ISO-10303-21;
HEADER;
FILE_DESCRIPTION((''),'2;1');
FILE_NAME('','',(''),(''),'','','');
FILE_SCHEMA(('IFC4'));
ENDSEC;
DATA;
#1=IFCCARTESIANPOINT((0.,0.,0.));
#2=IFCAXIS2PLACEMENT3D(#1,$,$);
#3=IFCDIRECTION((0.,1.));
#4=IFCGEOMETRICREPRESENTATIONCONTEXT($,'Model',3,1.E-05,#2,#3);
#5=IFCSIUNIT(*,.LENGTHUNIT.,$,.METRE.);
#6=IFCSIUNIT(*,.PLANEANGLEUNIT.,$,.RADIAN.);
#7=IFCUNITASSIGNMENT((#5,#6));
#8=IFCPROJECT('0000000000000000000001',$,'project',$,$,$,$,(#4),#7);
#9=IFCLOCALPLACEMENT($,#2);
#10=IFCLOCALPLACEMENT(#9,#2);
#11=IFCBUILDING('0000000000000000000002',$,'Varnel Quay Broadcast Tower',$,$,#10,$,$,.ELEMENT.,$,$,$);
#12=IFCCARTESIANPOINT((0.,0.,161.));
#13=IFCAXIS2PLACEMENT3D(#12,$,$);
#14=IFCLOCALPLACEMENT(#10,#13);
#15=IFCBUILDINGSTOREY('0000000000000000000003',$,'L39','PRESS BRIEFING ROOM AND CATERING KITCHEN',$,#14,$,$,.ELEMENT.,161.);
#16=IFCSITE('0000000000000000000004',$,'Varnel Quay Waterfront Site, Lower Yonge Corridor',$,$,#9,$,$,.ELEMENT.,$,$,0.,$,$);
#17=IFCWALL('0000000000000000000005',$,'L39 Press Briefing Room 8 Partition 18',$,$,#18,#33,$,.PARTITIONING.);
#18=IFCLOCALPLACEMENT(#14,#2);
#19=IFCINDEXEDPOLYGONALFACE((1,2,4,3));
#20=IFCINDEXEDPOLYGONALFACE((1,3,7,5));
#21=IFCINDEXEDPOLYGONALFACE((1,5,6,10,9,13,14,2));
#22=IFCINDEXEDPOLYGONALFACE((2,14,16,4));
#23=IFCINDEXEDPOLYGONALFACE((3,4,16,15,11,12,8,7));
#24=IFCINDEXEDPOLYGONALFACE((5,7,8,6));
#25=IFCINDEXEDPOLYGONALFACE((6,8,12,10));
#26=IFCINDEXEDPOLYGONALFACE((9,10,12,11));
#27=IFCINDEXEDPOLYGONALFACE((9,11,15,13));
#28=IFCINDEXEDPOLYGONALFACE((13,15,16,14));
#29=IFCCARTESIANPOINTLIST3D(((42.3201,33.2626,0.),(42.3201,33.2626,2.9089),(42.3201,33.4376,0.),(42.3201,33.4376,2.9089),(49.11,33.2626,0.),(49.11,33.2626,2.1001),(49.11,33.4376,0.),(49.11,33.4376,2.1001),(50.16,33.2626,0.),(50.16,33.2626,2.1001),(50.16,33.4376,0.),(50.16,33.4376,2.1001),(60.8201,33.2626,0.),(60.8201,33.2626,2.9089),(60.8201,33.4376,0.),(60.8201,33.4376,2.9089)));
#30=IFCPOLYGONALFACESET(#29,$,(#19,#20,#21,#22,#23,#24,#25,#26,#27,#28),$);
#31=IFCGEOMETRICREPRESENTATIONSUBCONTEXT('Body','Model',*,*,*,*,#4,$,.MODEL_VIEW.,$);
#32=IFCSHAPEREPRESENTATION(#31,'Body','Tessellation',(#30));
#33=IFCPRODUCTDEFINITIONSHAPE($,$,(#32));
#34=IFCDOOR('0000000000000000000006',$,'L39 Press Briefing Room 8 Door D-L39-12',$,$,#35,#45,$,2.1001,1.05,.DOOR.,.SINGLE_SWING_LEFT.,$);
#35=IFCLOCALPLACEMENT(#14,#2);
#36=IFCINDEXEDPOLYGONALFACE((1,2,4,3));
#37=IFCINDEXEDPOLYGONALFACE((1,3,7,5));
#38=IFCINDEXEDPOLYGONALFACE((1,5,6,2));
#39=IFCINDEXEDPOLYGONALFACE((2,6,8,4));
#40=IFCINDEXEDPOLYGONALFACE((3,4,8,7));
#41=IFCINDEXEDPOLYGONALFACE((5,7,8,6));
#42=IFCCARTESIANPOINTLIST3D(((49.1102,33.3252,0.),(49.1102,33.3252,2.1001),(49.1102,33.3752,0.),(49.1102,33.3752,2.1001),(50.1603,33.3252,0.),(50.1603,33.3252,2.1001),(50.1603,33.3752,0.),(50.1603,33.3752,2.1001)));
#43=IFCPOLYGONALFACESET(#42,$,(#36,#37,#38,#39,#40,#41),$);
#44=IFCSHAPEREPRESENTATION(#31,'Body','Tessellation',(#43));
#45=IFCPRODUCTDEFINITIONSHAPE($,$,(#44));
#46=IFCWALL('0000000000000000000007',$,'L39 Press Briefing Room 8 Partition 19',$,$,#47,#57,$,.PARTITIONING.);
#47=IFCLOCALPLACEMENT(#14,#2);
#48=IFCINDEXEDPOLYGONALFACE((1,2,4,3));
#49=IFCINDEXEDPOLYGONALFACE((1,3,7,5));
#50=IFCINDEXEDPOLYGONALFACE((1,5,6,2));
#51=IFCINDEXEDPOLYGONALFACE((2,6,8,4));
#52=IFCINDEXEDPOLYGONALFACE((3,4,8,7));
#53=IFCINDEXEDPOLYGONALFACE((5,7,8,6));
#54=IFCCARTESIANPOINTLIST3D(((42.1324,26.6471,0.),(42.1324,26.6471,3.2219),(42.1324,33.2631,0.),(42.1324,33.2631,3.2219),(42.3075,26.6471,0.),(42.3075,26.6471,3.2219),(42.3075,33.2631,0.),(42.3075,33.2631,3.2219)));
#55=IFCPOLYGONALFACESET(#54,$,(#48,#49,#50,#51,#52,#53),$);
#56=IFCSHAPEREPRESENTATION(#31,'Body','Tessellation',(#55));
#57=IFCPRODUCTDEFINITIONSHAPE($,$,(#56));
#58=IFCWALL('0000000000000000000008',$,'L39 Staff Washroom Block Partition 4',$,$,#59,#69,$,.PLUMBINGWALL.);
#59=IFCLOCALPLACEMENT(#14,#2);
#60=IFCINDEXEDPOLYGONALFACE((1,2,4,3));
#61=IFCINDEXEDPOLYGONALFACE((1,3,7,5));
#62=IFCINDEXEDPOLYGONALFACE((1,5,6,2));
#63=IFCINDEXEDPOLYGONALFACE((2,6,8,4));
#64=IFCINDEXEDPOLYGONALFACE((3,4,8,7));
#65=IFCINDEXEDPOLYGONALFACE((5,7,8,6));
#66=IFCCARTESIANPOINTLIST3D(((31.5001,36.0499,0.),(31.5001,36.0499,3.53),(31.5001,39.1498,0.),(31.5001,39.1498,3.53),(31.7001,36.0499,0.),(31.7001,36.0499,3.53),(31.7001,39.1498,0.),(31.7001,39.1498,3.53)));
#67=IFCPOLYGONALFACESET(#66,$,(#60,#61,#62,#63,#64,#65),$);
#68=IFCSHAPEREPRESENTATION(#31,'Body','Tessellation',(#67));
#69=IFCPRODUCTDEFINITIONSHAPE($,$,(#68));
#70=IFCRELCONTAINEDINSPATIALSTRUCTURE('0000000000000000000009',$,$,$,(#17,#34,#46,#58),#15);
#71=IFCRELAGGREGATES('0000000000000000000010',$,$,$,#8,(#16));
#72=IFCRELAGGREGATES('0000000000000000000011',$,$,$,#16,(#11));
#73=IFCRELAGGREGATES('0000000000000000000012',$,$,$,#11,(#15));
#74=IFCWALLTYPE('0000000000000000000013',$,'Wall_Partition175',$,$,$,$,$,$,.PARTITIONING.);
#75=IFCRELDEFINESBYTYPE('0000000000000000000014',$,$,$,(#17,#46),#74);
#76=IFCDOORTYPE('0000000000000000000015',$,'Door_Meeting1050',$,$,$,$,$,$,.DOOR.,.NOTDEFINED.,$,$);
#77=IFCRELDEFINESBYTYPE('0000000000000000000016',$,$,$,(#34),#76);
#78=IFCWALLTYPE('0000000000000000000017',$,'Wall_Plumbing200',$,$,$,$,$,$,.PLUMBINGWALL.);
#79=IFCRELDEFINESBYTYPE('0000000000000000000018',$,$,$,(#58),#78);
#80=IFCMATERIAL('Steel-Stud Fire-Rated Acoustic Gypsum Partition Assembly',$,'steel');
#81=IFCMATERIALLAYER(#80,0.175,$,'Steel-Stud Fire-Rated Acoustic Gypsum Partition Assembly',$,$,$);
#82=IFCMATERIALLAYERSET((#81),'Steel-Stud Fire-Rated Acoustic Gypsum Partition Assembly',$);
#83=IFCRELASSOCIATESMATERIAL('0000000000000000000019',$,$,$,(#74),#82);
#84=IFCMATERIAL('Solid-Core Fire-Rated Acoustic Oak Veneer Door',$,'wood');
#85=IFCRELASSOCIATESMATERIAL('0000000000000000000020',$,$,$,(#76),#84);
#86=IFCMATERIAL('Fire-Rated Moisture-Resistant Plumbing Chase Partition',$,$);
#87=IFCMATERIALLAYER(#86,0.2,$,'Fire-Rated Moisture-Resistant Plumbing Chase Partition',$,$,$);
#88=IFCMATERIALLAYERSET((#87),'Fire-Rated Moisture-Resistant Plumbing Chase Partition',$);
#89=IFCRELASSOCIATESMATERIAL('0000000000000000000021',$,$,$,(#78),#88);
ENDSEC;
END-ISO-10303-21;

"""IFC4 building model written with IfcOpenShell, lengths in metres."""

from ifc_helpers import new_model, si_unit, direction, frame, frame_2d, origin, place, context, subcontext, project, spatial, rectangle, extrude, source, transform, mapped, material, layer, layer_set, type_object, type_shapes, element, fill, save


model = new_model("IFC4")

# Units and contexts
model_context = context("Model", 3, precision=1e-05, world=origin(), true_north=direction((0.0, 1.0)))
body_context = subcontext(model_context, "Body", "Model", "MODEL_VIEW")
ifc_project = project(units=[si_unit("LENGTHUNIT", "METRE"), si_unit("PLANEANGLEUNIT", "RADIAN")], contexts=[model_context])

# Site, building, storey
site_placement = place(None, origin())
site = spatial("IfcSite", under=ifc_project, at=site_placement, Name="Varnel Quay Waterfront Site, Lower Yonge Corridor", CompositionType="ELEMENT", RefElevation=0.0)
building_placement = place(site_placement, origin())
building = spatial("IfcBuilding", under=site, at=building_placement, Name="Varnel Quay Broadcast Tower", CompositionType="ELEMENT")
storey_placement = place(building_placement, frame((0.0, 0.0, 161.0)))
storey = spatial("IfcBuildingStorey", under=building, at=storey_placement, Name="L39", Description="PRESS BRIEFING ROOM AND CATERING KITCHEN", CompositionType="ELEMENT", Elevation=161.0)

# Shared definitions
ifc_material_1 = material(Name="Steel-Stud Fire-Rated Acoustic Gypsum Partition Assembly", Category="steel")
ifc_material_2 = material(Name="Solid-Core Fire-Rated Acoustic Oak Veneer Door", Category="wood")

# Wall, opening, door
ifc_layer_1 = layer(ifc_material_1, 0.175, Name="Steel-Stud Fire-Rated Acoustic Gypsum Partition Assembly")
ifc_layer_set_1 = layer_set([ifc_layer_1], Name="Steel-Stud Fire-Rated Acoustic Gypsum Partition Assembly")
wall_type_1 = type_object("IfcWallType", Name="Wall_Partition175", PredefinedType="PARTITIONING", material=ifc_layer_set_1)
door_type_1 = type_object("IfcDoorType", Name="Door_Meeting1050", OperationType="NOTDEFINED", PredefinedType="DOOR", material=ifc_material_2)
shared_shape_1 = source(origin(), body_context, "Body", "SweptSolid", [
    extrude(rectangle(XDim=1.05, YDim=2.1001, at=frame_2d((0.5249, 1.05))), frame((0.0, 0.0249, 0.0), z_axis=(0.0, -1.0, 0.0), x_axis=(1.0, 0.0, 0.0)), (0.0, 0.0, 1.0), 0.05),
])
type_shapes(door_type_1, [shared_shape_1])
wall_1_placement = place(storey_placement, frame((42.3201, 33.3501, 0.0), z_axis=(0.0, 0.0, 1.0), x_axis=(1.0, 0.0, 0.0)))
wall_1 = element("IfcWall", 1, at=wall_1_placement, inside=storey, type_object=wall_type_1, Name="L39 Press Briefing Room 8 Partition 18", PredefinedType="PARTITIONING", context=body_context, shape_type="SweptSolid", body=[
    extrude(rectangle(XDim=18.5, YDim=0.175, at=frame_2d((9.25, 0.0))), origin(), (0.0, 0.0, 1.0), 2.9089),
])
opening_1_placement = place(wall_1_placement, frame((6.79, 0.0, 0.0)))
opening_1 = element("IfcOpeningElement", 2, at=opening_1_placement, cuts=wall_1, PredefinedType="OPENING", context=body_context, shape_type="SweptSolid", body=[
    extrude(rectangle(XDim=1.05, YDim=2.1001, at=frame_2d((0.5249, 1.05))), frame((0.0, 0.0977, 0.0), z_axis=(0.0, -1.0, 0.0), x_axis=(1.0, 0.0, 0.0)), (0.0, 0.0, 1.0), 0.1951),
])
door_1_placement = place(opening_1_placement, frame((1.05, 0.0, 0.0), z_axis=(0.0, 0.0, 1.0), x_axis=(-1.0, 0.0, 0.0)))
door_1 = element("IfcDoor", 3, at=door_1_placement, inside=storey, type_object=door_type_1, Name="L39 Press Briefing Room 8 Door D-L39-12", OperationType="SINGLE_SWING_LEFT", OverallHeight=2.1001, OverallWidth=1.05, PredefinedType="DOOR", context=body_context, shape_type="MappedRepresentation", body=[
    mapped(shared_shape_1, transform((0.0, 0.0, 0.0), x_axis=(1.0, 0.0, 0.0), y_axis=(0.0, 1.0, 0.0), z_axis=(0.0, 0.0, 1.0), scale=1.0)),
])
fill(opening_1, door_1)

# Walls
wall_2_placement = place(storey_placement, frame((42.22, 26.647, 0.0), z_axis=(0.0, 0.0, 1.0), x_axis=(0.0, 1.0, 0.0)))
element("IfcWall", 4, at=wall_2_placement, inside=storey, type_object=wall_type_1, Name="L39 Press Briefing Room 8 Partition 19", PredefinedType="PARTITIONING", context=body_context, shape_type="SweptSolid", body=[
    extrude(rectangle(XDim=6.616, YDim=0.175, at=frame_2d((3.3081, 0.0))), origin(), (0.0, 0.0, 1.0), 3.2219),
])
ifc_material_3 = material(Name="Fire-Rated Moisture-Resistant Plumbing Chase Partition")
ifc_layer_2 = layer(ifc_material_3, 0.2, Name="Fire-Rated Moisture-Resistant Plumbing Chase Partition")
ifc_layer_set_2 = layer_set([ifc_layer_2], Name="Fire-Rated Moisture-Resistant Plumbing Chase Partition")
wall_type_2 = type_object("IfcWallType", Name="Wall_Plumbing200", PredefinedType="PLUMBINGWALL", material=ifc_layer_set_2)
wall_3_placement = place(storey_placement, frame((31.6001, 36.05, 0.0), z_axis=(0.0, 0.0, 1.0), x_axis=(0.0, 1.0, 0.0)))
element("IfcWall", 5, at=wall_3_placement, inside=storey, type_object=wall_type_2, Name="L39 Staff Washroom Block Partition 4", PredefinedType="PLUMBINGWALL", context=body_context, shape_type="SweptSolid", body=[
    extrude(rectangle(XDim=3.0999, YDim=0.2, at=frame_2d((1.5498, 0.0))), origin(), (0.0, 0.0, 1.0), 3.53),
])

save(model, "model.ifc")
